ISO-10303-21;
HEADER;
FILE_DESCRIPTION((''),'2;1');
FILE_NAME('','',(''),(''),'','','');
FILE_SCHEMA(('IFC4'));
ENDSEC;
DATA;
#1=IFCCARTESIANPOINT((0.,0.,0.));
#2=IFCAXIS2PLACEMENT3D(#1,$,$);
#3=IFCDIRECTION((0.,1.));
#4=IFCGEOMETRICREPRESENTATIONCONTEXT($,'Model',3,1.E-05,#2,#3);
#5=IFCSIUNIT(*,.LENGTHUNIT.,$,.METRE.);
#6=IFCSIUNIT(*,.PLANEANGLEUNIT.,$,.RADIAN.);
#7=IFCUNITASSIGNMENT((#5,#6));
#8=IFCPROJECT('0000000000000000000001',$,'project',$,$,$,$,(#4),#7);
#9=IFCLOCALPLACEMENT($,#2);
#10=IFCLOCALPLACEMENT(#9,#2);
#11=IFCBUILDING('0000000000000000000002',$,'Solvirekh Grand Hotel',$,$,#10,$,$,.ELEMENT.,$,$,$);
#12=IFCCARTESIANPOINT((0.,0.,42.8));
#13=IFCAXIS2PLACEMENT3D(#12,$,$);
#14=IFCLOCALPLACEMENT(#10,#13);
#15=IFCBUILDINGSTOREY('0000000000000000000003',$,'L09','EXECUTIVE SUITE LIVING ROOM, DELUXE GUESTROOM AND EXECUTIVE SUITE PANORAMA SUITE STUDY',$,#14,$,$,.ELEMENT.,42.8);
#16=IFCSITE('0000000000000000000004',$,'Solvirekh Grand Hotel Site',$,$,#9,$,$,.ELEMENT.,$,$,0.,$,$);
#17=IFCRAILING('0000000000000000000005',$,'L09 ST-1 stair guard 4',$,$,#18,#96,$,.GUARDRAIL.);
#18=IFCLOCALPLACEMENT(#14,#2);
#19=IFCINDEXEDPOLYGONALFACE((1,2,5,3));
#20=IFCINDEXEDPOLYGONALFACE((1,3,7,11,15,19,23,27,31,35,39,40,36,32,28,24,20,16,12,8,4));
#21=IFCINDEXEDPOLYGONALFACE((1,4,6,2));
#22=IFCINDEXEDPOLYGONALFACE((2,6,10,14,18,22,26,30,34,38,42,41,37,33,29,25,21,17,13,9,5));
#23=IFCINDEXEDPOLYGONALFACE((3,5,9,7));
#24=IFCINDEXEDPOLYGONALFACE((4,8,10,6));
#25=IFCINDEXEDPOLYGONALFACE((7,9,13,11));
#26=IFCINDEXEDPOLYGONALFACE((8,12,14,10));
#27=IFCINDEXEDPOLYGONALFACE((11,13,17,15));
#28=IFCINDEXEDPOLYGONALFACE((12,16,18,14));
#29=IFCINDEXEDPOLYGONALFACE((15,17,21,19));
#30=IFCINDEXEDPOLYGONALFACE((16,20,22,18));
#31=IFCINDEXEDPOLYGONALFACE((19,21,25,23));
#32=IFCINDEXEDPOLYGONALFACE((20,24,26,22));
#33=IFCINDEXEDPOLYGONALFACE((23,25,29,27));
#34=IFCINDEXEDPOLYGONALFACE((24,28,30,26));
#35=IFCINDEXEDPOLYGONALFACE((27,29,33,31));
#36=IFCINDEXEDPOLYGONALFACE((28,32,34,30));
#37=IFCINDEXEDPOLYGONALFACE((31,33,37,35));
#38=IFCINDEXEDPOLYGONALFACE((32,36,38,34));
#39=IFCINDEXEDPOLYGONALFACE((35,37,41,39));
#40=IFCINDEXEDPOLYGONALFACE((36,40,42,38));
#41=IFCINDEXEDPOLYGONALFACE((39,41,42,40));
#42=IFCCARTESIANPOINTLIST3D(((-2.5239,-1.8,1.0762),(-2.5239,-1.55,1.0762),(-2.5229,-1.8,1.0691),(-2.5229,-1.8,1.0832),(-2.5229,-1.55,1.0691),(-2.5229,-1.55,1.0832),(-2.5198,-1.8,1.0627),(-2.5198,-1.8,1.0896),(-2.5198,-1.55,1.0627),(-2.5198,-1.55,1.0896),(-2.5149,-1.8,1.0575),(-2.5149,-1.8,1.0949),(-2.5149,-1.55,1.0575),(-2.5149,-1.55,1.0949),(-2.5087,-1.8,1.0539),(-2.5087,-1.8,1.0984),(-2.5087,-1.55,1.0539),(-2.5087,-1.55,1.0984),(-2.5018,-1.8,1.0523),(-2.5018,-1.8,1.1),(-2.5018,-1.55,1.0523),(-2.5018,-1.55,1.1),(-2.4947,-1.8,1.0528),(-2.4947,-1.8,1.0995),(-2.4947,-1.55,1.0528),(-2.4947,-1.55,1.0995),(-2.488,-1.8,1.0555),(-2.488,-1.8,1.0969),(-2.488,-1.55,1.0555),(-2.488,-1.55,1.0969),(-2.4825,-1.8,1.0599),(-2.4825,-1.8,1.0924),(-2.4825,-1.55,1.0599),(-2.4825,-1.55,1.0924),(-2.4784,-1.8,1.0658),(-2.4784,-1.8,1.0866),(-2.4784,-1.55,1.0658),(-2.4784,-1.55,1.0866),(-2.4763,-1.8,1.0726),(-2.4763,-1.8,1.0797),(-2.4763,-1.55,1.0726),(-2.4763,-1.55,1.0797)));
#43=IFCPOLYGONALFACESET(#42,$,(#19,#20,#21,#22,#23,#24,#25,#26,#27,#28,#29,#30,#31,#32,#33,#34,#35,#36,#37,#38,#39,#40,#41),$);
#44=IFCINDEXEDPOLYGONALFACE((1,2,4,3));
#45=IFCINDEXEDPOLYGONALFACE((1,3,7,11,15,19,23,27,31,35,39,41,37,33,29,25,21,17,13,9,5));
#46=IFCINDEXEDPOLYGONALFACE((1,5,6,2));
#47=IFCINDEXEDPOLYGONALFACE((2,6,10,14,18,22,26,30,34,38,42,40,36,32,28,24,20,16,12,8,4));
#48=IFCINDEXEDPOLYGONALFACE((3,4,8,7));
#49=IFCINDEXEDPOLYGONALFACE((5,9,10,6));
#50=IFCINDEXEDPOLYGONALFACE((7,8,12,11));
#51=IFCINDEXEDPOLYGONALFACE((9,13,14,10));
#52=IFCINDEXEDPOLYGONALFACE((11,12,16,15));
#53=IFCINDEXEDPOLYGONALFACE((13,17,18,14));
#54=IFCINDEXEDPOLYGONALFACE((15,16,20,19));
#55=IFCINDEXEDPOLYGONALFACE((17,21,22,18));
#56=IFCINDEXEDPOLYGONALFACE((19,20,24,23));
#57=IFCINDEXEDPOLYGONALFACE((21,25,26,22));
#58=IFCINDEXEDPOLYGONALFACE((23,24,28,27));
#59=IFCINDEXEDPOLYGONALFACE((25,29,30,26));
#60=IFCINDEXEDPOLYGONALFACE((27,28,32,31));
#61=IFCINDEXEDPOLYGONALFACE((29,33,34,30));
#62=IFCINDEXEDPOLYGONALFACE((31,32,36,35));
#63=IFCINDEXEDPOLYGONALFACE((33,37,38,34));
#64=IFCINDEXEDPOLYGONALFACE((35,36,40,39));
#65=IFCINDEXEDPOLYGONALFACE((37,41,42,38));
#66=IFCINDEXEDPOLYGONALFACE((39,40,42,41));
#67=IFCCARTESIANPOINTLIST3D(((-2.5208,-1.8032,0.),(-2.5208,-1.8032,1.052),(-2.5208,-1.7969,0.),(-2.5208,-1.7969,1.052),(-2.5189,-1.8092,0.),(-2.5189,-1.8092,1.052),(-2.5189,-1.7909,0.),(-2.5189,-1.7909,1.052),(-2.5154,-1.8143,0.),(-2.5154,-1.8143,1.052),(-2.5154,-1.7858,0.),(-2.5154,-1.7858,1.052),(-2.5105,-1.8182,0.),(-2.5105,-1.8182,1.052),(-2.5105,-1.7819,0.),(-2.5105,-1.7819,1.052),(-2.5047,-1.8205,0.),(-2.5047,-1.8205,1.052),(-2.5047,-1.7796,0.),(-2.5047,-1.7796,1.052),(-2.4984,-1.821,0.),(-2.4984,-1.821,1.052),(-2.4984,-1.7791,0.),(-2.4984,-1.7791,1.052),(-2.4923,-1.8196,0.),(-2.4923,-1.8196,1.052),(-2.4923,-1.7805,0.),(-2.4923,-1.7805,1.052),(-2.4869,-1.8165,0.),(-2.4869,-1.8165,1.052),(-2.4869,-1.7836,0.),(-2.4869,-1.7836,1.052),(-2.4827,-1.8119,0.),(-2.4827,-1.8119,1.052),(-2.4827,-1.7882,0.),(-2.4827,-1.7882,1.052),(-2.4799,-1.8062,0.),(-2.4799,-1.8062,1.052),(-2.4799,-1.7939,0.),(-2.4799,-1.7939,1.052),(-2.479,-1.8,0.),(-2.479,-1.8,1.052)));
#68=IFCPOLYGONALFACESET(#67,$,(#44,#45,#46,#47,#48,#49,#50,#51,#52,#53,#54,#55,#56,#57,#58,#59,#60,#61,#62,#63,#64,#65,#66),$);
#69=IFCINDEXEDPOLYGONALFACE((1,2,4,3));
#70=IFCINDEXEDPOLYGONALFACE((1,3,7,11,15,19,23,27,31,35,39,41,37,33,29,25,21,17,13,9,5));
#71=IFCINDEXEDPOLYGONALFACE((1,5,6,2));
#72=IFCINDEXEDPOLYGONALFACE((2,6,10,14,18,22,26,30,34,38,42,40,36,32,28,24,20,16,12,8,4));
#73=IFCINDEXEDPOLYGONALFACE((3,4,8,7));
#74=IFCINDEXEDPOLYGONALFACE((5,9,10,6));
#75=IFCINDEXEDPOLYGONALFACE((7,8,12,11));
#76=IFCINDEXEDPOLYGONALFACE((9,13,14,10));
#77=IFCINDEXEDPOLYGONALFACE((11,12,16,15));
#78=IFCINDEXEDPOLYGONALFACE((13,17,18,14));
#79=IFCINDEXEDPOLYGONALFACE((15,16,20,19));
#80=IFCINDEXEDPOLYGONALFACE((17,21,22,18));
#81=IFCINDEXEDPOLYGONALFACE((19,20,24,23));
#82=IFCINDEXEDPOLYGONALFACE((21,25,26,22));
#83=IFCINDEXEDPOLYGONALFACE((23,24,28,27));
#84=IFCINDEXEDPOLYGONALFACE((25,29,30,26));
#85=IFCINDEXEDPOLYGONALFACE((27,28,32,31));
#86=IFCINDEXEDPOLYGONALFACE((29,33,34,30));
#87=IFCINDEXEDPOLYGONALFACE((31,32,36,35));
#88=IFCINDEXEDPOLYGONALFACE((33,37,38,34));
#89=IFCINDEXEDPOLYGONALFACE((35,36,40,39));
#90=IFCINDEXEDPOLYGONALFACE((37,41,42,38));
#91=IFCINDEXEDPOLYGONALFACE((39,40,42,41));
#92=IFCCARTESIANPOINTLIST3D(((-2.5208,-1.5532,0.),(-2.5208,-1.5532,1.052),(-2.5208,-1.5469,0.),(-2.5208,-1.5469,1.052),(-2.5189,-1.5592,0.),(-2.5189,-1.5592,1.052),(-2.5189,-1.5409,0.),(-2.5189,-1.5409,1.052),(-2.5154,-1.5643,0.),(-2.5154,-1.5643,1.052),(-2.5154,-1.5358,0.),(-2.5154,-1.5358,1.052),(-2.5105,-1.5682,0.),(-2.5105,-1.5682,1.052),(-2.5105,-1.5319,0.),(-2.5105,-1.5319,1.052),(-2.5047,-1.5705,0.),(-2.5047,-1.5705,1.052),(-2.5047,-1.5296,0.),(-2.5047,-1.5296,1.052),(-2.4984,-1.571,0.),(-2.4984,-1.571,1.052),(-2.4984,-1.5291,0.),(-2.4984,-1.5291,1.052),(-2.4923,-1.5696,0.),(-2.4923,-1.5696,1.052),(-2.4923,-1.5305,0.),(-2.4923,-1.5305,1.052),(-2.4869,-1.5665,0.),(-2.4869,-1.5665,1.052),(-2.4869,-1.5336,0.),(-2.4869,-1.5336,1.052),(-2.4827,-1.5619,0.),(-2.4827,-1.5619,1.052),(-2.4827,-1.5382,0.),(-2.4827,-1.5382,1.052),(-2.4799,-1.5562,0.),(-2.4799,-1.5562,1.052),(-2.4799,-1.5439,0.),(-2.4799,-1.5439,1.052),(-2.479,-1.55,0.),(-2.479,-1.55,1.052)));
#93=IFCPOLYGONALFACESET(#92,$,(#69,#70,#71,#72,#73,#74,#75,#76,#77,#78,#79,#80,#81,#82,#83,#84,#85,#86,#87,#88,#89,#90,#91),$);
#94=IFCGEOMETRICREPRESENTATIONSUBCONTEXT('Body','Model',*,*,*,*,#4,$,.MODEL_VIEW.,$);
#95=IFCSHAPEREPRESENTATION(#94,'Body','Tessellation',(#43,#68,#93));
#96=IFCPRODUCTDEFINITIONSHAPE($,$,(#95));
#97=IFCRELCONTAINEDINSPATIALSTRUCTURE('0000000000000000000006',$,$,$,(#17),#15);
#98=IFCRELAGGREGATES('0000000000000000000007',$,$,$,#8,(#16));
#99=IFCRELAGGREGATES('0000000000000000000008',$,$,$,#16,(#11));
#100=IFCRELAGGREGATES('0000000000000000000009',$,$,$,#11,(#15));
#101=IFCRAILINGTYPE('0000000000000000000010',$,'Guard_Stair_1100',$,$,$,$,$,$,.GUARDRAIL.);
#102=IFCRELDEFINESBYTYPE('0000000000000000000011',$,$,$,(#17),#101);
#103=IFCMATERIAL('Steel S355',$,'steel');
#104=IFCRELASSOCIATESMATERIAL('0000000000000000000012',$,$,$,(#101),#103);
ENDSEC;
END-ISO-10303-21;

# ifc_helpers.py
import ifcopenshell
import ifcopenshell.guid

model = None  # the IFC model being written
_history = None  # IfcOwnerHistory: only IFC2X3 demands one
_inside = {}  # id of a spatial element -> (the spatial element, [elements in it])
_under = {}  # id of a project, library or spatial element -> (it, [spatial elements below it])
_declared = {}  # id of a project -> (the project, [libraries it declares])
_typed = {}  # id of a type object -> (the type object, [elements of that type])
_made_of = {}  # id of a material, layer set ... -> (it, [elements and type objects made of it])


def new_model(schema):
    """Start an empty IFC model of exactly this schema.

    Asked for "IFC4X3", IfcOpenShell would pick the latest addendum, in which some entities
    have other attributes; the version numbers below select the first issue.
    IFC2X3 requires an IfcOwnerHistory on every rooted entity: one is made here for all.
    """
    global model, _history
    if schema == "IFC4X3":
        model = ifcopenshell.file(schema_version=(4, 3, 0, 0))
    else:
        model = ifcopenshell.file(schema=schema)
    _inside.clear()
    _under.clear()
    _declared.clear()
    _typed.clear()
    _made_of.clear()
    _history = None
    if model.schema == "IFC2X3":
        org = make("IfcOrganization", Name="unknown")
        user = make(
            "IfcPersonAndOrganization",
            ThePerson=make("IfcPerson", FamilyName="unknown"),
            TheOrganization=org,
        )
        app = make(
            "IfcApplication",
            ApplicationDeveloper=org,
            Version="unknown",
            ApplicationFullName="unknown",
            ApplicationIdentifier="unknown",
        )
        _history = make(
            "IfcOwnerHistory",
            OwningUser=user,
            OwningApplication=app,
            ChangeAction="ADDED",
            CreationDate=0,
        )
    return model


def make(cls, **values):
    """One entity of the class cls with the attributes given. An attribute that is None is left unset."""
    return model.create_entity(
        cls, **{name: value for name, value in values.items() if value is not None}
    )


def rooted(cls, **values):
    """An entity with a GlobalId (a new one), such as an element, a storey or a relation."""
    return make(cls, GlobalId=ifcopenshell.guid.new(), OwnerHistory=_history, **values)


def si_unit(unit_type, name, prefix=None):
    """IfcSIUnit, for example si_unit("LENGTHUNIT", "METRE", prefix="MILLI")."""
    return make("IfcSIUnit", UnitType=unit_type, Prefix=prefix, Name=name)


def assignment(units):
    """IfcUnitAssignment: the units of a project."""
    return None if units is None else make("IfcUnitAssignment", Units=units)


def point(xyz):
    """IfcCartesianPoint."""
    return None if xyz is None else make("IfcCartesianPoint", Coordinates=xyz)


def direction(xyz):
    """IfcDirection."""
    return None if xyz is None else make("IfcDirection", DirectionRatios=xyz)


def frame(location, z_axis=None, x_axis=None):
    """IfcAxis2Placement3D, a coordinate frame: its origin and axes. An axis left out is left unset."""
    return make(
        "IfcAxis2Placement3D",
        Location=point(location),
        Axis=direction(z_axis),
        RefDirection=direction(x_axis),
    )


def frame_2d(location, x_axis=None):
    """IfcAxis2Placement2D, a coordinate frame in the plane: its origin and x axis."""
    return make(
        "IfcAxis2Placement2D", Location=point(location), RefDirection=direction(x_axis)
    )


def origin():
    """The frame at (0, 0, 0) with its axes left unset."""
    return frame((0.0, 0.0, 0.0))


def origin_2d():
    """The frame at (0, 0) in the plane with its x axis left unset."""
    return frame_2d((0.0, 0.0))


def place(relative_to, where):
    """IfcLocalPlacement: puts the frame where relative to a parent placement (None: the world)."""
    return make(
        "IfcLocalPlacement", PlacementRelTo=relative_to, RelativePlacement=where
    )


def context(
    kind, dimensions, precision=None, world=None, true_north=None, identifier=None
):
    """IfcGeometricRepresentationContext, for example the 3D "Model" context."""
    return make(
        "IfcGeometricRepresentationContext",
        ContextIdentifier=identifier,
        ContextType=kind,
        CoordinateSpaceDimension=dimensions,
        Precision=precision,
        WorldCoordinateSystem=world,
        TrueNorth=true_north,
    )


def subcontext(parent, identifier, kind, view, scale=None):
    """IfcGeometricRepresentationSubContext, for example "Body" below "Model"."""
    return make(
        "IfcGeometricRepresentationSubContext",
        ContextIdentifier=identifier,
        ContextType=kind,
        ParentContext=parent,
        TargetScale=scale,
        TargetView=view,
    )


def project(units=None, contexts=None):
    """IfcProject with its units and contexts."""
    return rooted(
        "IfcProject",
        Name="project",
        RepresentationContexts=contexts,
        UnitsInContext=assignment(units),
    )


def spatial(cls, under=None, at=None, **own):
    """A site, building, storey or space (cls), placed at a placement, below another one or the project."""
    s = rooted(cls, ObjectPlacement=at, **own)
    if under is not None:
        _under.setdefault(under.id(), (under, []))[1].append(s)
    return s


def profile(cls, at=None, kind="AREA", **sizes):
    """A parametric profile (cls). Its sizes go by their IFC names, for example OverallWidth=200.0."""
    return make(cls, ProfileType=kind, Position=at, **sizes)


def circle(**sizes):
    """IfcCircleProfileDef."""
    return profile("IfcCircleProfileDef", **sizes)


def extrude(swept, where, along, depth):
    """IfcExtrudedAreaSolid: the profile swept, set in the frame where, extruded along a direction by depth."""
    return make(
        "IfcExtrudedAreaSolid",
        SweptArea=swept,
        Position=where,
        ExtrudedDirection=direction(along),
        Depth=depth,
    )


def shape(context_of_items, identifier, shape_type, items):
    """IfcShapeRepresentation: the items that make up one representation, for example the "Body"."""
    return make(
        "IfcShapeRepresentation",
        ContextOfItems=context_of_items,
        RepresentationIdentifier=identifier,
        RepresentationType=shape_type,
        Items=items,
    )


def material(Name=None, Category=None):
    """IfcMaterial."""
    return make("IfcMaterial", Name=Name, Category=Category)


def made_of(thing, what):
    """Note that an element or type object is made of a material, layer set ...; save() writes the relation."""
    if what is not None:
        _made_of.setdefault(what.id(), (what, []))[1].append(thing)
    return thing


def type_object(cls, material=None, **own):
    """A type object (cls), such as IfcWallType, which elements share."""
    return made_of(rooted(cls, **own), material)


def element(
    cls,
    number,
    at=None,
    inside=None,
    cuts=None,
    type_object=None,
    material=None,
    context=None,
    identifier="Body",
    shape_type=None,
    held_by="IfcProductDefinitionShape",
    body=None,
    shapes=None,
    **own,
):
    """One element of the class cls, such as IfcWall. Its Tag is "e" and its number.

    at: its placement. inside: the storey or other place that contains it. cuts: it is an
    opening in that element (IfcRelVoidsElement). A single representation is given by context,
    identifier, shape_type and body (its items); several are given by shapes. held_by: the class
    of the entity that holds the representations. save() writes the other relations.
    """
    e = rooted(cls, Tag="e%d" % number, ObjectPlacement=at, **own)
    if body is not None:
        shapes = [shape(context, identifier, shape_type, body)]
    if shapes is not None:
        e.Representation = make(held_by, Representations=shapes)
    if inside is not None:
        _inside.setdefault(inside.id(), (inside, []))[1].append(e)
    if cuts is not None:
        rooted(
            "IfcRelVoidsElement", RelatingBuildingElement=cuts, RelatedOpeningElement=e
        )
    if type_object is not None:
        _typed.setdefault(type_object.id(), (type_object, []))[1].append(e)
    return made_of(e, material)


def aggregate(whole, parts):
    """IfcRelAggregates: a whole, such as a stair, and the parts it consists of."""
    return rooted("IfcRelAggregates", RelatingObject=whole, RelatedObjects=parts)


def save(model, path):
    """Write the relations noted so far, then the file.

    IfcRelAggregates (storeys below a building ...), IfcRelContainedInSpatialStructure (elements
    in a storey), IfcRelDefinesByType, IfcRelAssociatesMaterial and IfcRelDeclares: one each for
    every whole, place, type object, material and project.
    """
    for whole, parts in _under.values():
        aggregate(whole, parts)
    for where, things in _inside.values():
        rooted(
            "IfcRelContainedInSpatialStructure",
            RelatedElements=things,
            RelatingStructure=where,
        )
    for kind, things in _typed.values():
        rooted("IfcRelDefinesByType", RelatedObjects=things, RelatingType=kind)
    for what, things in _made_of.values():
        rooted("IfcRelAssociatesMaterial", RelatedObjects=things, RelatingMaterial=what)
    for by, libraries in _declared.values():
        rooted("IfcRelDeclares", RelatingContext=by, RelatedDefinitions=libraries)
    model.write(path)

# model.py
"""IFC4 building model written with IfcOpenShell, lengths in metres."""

from ifc_helpers import new_model, si_unit, direction, frame, origin, origin_2d, place, context, subcontext, project, spatial, circle, extrude, material, type_object, element, save


model = new_model("IFC4")

# Units and contexts
model_context = context("Model", 3, precision=1e-05, world=origin(), true_north=direction((0.0, 1.0)))
body_context = subcontext(model_context, "Body", "Model", "MODEL_VIEW")
ifc_project = project(units=[si_unit("LENGTHUNIT", "METRE"), si_unit("PLANEANGLEUNIT", "RADIAN")], contexts=[model_context])

# Site, building, storey
site_placement = place(None, origin())
site = spatial("IfcSite", under=ifc_project, at=site_placement, Name="Solvirekh Grand Hotel Site", CompositionType="ELEMENT", RefElevation=0.0)
building_placement = place(site_placement, origin())
building = spatial("IfcBuilding", under=site, at=building_placement, Name="Solvirekh Grand Hotel", CompositionType="ELEMENT")
storey_placement = place(building_placement, frame((0.0, 0.0, 42.8)))
storey = spatial("IfcBuildingStorey", under=building, at=storey_placement, Name="L09", Description="EXECUTIVE SUITE LIVING ROOM, DELUXE GUESTROOM AND EXECUTIVE SUITE PANORAMA SUITE STUDY", CompositionType="ELEMENT", Elevation=42.8)

# Railing
ifc_material_1 = material(Name="Steel S355", Category="steel")
railing_type_1 = type_object("IfcRailingType", Name="Guard_Stair_1100", PredefinedType="GUARDRAIL", material=ifc_material_1)
railing_1_placement = place(storey_placement, frame((-2.5, -1.8, 0.0)))
element("IfcRailing", 1, at=railing_1_placement, inside=storey, type_object=railing_type_1, Name="L09 ST-1 stair guard 4", PredefinedType="GUARDRAIL", context=body_context, shape_type="SweptSolid", body=[
    extrude(circle(Radius=0.0239, at=origin_2d()), frame((0.0, 0.0, 1.0762), z_axis=(0.0, 1.0, 0.0), x_axis=(-1.0, 0.0, 0.0)), (0.0, 0.0, 1.0), 0.25),
    extrude(circle(Radius=0.021, at=origin_2d()), origin(), (0.0, 0.0, 1.0), 1.052),
    extrude(circle(Radius=0.021, at=origin_2d()), frame((0.0, 0.25, 0.0)), (0.0, 0.0, 1.0), 1.052),
])

save(model, "model.ifc")
